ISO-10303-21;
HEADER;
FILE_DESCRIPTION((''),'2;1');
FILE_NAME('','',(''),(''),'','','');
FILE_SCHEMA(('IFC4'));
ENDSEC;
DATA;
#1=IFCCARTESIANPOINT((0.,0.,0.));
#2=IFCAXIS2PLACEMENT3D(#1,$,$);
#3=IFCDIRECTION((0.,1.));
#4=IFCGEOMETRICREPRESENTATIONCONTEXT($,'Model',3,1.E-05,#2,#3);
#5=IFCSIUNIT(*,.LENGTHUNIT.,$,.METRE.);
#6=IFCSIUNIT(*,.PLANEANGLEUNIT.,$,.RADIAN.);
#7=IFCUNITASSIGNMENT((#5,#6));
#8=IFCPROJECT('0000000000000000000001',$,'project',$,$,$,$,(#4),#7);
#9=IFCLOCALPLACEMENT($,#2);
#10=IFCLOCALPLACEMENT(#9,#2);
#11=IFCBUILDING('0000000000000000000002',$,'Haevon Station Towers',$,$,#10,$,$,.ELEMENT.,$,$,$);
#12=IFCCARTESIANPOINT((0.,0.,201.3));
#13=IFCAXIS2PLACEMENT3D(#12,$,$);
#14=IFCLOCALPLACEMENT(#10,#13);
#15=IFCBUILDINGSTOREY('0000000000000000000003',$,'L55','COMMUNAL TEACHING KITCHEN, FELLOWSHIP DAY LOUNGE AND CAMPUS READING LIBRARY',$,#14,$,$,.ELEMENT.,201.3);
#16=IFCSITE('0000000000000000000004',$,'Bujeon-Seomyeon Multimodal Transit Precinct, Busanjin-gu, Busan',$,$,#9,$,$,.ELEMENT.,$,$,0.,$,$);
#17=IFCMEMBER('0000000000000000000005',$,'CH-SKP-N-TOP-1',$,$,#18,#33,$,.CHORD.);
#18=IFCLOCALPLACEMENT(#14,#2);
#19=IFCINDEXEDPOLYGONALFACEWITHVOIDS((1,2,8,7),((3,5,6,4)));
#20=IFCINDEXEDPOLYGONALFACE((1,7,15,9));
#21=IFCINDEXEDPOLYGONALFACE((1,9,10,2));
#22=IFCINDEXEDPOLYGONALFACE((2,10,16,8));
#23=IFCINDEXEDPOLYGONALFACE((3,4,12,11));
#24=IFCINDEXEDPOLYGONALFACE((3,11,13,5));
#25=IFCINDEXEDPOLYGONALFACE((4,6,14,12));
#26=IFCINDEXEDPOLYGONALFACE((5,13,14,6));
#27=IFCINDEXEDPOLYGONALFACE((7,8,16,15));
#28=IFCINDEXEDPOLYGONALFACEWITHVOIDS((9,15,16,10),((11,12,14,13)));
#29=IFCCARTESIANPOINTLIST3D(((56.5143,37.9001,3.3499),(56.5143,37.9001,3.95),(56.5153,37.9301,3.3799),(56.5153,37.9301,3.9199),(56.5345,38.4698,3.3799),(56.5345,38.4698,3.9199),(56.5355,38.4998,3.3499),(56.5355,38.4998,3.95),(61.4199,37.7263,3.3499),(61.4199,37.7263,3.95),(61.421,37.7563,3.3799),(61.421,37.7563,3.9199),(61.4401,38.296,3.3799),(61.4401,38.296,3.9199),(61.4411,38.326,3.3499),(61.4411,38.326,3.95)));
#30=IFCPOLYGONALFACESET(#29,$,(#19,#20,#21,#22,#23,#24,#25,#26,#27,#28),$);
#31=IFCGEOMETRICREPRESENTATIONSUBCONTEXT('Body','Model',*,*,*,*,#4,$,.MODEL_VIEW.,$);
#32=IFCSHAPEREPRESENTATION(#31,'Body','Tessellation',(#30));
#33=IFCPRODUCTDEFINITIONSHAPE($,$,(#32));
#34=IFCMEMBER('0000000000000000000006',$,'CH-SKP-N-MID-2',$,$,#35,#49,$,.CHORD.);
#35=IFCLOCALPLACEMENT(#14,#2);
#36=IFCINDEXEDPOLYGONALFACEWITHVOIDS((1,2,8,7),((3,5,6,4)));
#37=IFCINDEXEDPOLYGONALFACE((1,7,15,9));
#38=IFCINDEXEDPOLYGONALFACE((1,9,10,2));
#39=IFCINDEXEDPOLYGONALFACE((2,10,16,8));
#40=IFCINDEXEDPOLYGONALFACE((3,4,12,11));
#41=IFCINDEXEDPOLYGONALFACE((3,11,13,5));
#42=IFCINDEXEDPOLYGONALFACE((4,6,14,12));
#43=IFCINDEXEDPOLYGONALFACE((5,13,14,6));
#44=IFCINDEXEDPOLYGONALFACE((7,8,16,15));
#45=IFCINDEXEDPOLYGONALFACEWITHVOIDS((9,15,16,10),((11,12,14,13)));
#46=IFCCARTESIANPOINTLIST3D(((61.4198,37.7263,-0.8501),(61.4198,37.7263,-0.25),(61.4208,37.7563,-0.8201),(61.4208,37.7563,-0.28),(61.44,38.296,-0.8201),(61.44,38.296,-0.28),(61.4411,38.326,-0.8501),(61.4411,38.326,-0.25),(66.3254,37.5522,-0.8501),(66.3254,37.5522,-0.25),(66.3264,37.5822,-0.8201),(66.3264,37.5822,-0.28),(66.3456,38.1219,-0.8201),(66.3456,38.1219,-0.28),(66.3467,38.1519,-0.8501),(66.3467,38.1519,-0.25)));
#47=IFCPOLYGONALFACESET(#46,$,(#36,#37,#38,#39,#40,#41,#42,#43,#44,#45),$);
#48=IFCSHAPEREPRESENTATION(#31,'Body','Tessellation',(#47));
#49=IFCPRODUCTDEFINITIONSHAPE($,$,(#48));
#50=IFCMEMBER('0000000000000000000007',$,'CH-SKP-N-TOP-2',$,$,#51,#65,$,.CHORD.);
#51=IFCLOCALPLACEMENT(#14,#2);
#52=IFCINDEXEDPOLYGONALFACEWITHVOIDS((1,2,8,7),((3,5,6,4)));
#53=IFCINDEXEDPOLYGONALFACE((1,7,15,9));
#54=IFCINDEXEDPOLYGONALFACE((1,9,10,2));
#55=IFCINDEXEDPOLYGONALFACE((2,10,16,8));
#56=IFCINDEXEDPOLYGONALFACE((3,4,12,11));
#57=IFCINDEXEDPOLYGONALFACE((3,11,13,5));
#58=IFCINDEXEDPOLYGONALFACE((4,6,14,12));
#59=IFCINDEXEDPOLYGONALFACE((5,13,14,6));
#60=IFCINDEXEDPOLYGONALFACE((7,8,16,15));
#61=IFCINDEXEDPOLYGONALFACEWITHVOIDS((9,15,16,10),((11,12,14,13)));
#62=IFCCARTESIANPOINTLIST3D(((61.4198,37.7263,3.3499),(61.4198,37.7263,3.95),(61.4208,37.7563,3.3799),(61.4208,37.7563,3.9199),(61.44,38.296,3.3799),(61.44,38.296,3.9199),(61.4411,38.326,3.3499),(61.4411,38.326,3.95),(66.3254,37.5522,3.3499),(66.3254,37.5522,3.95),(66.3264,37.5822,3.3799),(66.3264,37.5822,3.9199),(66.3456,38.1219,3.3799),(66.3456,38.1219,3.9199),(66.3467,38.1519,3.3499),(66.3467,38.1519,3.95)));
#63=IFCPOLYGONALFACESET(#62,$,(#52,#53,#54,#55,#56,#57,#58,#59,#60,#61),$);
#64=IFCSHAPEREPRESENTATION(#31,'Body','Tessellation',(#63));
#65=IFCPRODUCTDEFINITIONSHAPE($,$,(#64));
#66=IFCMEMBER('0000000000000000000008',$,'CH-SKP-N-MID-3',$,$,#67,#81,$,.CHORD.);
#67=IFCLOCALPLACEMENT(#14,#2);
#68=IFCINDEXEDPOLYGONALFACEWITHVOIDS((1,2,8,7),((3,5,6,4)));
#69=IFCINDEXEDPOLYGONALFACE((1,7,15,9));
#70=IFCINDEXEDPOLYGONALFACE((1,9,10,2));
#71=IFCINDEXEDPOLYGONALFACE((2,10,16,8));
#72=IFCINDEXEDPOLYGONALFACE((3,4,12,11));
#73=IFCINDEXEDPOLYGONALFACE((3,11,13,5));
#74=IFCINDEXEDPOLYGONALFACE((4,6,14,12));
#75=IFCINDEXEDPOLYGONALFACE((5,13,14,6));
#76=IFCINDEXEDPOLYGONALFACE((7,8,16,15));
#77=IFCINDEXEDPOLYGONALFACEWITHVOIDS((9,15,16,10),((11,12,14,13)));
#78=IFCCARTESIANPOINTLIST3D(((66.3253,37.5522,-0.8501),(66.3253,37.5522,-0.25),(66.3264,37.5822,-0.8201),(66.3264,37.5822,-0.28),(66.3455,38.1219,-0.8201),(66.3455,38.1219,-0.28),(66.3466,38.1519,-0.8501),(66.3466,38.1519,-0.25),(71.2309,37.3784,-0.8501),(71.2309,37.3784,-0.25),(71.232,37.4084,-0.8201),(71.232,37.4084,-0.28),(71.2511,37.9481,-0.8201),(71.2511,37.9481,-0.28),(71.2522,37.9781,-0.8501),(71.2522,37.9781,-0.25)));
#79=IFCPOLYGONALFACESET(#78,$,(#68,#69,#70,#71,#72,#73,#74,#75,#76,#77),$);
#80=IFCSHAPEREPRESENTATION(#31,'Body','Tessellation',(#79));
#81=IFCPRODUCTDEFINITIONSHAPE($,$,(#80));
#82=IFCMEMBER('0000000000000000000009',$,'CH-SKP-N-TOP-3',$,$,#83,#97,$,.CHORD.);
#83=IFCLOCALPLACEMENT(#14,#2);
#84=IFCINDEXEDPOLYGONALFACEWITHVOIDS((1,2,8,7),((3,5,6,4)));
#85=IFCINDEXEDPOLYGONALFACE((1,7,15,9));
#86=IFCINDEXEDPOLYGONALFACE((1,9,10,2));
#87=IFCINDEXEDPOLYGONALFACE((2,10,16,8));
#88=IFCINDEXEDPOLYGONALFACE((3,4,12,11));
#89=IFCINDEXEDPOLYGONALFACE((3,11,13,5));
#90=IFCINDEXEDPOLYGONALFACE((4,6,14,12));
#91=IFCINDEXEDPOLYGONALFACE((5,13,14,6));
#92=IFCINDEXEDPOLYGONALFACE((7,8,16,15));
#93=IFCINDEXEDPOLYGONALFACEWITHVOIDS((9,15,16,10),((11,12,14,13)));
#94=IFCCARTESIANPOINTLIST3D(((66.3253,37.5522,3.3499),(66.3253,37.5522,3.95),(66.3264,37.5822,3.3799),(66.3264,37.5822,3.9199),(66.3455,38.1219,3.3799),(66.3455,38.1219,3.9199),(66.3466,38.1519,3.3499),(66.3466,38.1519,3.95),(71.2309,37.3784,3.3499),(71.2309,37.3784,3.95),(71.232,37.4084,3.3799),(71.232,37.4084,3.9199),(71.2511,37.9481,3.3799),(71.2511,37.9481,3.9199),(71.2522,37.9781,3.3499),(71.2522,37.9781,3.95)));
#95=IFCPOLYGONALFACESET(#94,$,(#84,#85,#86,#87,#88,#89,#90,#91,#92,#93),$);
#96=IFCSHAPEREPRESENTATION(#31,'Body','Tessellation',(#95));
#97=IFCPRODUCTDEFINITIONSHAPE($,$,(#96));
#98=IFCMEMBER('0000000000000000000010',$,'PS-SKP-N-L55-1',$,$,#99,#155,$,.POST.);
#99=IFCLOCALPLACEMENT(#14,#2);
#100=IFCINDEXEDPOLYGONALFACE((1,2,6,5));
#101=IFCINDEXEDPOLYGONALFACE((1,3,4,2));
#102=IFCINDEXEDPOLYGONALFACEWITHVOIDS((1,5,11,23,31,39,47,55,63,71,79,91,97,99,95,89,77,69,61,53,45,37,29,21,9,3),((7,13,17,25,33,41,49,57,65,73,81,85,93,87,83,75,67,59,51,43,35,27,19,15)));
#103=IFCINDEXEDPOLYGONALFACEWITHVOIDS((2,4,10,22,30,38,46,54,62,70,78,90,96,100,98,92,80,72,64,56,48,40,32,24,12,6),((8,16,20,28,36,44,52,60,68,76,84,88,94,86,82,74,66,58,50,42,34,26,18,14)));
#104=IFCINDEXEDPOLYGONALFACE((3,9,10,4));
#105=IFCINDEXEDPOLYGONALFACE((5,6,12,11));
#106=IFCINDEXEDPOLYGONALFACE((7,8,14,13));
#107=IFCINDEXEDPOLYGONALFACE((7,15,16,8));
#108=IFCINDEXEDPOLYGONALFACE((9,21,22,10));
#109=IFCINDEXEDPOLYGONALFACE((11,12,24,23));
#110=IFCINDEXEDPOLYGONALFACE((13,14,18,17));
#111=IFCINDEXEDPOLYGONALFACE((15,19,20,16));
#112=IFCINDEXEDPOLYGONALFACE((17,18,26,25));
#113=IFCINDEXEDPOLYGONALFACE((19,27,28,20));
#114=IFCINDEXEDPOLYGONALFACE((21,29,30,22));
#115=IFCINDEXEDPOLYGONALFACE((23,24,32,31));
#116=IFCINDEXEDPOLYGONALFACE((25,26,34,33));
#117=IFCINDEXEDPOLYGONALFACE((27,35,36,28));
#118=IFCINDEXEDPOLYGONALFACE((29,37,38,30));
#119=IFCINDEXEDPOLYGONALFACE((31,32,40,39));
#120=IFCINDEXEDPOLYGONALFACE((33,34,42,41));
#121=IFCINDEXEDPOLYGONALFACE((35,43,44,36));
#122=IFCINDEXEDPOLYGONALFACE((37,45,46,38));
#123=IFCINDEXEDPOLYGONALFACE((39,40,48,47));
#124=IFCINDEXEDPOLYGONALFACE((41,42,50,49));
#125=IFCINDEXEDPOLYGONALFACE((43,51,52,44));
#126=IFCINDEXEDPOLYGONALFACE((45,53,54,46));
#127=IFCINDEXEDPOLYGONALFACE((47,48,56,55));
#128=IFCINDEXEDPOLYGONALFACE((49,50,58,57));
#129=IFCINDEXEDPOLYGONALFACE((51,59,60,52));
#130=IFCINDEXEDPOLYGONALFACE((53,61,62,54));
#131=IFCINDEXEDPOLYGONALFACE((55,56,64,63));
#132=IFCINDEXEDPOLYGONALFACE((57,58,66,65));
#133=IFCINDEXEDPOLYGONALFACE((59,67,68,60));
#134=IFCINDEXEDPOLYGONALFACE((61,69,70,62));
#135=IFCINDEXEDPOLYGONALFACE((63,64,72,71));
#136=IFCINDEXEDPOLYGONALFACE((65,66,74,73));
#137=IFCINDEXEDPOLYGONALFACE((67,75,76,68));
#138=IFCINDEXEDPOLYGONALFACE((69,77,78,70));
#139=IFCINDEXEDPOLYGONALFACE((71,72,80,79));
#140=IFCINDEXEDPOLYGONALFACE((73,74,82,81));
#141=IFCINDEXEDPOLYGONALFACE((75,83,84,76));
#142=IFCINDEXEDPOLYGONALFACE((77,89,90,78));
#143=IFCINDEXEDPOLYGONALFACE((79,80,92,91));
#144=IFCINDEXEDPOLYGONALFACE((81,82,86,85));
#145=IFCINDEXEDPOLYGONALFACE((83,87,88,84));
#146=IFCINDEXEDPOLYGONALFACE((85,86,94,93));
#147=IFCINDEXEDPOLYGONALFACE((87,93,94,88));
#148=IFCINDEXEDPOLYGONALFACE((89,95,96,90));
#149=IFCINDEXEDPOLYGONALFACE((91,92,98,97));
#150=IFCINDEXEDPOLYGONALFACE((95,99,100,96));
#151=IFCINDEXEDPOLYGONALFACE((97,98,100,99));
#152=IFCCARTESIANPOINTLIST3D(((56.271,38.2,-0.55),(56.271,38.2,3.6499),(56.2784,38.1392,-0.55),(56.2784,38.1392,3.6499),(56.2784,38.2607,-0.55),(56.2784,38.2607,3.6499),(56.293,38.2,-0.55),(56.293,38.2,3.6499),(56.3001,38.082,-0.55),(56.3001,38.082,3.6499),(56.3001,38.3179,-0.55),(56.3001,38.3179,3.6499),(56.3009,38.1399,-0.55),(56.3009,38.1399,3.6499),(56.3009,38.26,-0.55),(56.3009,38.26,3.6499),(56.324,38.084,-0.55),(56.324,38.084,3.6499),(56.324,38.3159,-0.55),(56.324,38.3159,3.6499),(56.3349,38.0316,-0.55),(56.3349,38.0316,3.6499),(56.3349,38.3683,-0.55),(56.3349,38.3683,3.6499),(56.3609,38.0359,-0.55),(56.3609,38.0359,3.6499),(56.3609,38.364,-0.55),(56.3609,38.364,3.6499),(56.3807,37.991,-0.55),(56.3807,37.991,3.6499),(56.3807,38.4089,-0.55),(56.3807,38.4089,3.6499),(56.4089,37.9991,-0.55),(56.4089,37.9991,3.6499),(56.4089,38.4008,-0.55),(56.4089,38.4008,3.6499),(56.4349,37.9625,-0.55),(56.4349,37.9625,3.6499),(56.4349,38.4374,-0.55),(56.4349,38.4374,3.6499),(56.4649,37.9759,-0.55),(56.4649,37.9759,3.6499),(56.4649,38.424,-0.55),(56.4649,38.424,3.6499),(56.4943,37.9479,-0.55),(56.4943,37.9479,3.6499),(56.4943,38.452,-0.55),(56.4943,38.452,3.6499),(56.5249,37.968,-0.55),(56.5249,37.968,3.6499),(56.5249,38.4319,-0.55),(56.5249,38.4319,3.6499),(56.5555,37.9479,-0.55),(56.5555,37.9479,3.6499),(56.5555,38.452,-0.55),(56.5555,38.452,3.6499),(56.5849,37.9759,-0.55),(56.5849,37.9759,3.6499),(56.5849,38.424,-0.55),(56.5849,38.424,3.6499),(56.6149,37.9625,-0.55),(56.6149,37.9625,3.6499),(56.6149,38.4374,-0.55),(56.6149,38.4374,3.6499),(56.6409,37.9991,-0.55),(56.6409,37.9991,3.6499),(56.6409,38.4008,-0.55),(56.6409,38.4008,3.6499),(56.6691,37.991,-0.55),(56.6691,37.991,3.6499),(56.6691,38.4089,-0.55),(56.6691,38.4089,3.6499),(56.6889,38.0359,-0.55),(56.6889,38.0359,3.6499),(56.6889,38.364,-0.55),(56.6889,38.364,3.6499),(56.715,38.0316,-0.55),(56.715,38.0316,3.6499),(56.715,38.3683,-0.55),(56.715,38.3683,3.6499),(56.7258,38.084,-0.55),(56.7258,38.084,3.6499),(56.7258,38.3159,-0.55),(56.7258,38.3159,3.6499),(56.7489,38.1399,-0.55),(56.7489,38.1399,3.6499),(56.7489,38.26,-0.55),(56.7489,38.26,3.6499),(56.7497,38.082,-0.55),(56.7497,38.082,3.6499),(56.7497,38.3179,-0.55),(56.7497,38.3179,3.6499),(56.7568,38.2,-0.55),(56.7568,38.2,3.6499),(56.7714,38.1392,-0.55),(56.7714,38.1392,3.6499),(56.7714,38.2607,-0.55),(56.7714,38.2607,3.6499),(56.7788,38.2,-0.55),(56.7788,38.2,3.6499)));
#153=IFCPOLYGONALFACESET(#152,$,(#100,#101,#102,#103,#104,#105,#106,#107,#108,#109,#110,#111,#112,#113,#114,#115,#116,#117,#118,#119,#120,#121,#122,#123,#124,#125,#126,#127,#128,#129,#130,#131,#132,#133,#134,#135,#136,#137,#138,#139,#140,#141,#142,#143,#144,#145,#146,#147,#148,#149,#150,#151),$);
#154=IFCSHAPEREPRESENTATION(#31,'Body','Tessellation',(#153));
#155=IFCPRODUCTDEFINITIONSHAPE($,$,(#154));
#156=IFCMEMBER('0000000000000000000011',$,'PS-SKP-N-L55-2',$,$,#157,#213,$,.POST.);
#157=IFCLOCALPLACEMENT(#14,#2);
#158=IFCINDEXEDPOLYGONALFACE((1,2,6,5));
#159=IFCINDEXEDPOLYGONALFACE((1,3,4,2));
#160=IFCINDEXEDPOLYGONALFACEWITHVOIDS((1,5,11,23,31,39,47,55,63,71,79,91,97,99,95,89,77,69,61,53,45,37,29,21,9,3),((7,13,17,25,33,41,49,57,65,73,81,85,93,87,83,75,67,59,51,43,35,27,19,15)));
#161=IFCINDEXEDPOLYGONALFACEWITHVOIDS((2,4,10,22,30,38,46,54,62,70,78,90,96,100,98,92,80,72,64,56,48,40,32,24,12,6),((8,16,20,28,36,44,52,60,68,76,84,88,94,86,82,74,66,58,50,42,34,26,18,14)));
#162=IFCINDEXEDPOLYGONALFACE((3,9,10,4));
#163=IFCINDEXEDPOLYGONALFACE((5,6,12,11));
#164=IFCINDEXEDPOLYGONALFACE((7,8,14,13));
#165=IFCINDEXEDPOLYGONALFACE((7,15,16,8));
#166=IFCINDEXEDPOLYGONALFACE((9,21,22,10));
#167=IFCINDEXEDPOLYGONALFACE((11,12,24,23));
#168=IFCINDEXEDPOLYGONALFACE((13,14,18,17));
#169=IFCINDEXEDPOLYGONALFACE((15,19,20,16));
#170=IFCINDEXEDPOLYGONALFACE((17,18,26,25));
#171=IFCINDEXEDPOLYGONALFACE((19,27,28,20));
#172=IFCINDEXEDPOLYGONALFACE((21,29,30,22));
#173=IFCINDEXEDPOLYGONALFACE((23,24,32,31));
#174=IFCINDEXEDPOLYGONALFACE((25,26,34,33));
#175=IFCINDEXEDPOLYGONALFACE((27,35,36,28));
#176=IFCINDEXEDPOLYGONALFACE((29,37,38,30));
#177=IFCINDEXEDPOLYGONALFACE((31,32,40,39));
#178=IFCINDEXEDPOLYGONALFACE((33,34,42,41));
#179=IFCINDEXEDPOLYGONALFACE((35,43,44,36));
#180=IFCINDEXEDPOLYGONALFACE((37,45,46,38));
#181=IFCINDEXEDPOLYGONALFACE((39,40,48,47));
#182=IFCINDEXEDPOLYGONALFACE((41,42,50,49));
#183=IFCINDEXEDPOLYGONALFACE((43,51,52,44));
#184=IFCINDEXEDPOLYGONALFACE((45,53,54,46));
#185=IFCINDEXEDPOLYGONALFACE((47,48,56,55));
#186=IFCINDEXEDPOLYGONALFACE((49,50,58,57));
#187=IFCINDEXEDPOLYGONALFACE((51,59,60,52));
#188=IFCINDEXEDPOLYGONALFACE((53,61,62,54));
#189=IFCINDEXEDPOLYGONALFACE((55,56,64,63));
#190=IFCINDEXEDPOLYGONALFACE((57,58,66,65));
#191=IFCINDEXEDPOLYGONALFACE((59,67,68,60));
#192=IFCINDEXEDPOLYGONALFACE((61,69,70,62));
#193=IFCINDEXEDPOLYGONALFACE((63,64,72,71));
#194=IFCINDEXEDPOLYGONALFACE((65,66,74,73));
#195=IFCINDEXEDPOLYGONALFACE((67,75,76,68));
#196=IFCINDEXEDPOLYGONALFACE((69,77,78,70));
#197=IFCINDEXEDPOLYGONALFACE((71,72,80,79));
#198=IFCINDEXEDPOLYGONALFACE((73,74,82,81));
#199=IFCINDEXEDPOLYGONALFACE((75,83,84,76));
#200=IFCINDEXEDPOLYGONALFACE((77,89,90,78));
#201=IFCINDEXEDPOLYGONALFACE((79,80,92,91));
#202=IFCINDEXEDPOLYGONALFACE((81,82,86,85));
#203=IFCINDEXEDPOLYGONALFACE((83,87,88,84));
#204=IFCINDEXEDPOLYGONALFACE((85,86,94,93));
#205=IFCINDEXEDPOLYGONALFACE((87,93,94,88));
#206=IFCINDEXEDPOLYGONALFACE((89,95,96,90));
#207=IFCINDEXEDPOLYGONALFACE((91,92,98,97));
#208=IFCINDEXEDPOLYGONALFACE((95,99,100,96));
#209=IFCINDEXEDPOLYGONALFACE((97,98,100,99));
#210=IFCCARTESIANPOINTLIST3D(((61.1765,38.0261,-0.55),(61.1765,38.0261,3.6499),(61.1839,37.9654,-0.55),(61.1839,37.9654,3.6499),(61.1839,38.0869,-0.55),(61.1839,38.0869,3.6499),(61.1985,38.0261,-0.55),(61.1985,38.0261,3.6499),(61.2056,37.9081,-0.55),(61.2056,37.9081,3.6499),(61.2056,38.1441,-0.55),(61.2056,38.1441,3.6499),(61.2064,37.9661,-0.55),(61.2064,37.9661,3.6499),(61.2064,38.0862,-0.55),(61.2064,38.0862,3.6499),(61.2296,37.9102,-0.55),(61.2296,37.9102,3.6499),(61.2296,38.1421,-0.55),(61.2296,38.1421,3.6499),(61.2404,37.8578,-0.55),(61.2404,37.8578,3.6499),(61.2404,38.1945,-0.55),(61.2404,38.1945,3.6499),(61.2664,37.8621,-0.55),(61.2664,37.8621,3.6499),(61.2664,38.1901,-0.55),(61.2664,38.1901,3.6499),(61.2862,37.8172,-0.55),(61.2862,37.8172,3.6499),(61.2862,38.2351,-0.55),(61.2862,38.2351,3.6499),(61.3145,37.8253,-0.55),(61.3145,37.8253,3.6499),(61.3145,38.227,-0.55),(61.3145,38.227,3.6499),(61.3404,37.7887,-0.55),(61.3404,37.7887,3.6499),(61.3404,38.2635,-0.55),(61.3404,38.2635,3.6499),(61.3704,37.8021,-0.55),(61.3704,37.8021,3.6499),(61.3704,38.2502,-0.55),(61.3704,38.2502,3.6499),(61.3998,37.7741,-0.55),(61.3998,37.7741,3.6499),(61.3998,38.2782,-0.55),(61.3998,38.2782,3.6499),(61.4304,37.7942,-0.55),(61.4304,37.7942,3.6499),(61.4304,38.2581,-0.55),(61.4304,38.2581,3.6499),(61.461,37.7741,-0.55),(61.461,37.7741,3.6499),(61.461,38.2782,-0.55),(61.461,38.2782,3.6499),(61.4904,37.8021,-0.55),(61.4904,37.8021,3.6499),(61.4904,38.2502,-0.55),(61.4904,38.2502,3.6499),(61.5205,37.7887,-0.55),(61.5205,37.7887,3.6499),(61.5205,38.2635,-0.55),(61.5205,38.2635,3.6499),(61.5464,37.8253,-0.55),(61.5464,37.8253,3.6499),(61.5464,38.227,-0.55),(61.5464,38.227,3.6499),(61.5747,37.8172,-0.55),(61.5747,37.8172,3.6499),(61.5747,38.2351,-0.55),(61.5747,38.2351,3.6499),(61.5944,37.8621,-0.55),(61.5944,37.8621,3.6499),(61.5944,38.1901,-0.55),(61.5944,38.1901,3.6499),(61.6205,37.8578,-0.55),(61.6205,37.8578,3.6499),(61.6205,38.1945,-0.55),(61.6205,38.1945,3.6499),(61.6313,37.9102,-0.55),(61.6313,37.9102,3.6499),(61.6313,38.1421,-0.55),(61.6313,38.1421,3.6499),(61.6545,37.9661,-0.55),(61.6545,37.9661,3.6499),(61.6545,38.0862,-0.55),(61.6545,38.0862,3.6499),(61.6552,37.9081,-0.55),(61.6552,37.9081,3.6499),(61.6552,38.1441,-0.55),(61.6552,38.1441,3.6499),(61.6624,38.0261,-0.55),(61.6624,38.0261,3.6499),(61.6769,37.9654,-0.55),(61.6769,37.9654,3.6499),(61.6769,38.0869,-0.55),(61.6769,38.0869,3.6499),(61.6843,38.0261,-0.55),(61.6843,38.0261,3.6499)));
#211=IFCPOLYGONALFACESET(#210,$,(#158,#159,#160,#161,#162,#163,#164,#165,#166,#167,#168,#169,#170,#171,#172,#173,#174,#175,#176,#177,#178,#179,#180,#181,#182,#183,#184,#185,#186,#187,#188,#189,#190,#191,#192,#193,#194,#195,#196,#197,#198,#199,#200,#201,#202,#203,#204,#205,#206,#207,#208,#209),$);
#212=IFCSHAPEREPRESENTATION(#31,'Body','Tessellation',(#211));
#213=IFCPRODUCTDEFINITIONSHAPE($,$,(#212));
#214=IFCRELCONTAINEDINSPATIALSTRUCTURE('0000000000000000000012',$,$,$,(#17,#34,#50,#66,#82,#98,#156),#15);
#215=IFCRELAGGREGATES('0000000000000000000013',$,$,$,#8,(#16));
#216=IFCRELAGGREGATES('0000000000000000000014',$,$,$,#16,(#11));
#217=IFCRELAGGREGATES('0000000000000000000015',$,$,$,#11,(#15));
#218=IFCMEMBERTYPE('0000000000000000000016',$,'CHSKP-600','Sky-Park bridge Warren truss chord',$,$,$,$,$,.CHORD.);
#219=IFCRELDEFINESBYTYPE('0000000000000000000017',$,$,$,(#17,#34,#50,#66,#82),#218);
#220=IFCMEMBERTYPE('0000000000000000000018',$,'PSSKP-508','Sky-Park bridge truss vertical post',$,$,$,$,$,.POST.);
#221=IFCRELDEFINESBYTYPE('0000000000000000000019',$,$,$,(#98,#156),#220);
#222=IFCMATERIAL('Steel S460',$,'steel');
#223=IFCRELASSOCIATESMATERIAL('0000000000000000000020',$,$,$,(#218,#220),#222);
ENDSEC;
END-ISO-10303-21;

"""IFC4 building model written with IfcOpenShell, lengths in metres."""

from ifc_helpers import new_model, si_unit, direction, frame, origin, origin_2d, place, context, subcontext, project, spatial, hollow_rectangle, hollow_circle, extrude, material, material_profile, profile_set, type_object, element, save


model = new_model("IFC4")

# Units and contexts
model_context = context("Model", 3, precision=1e-05, world=origin(), true_north=direction((0.0, 1.0)))
body_context = subcontext(model_context, "Body", "Model", "MODEL_VIEW")
ifc_project = project(units=[si_unit("LENGTHUNIT", "METRE"), si_unit("PLANEANGLEUNIT", "RADIAN")], contexts=[model_context])

# Site, building, storey
site_placement = place(None, origin())
site = spatial("IfcSite", under=ifc_project, at=site_placement, Name="Bujeon-Seomyeon Multimodal Transit Precinct, Busanjin-gu, Busan", CompositionType="ELEMENT", RefElevation=0.0)
building_placement = place(site_placement, origin())
building = spatial("IfcBuilding", under=site, at=building_placement, Name="Haevon Station Towers", CompositionType="ELEMENT")
storey_placement = place(building_placement, frame((0.0, 0.0, 201.3)))
storey = spatial("IfcBuildingStorey", under=building, at=storey_placement, Name="L55", Description="COMMUNAL TEACHING KITCHEN, FELLOWSHIP DAY LOUNGE AND CAMPUS READING LIBRARY", CompositionType="ELEMENT", Elevation=201.3)

# Shared definitions
ifc_material_1 = material(Name="Steel S460", Category="steel")

# Members
ifc_material_profile_1 = material_profile(ifc_material_1, hollow_rectangle(XDim=0.6001, YDim=0.6001, WallThickness=0.03, at=origin_2d()), Name="RHS-600x600x30")
ifc_profile_set_1 = profile_set([ifc_material_profile_1], Name="Steel S460")
member_type_1 = type_object("IfcMemberType", Name="CHSKP-600", Description="Sky-Park bridge Warren truss chord", PredefinedType="CHORD", material=ifc_profile_set_1)
for number, where, z_axis, x_axis, name in (
    (1, (56.5249, 38.2, 3.6499), (0.999373, -0.035413, 0.0), (0.035413, 0.999373, 0.0), "CH-SKP-N-TOP-1"),
    (2, (61.4304, 38.0261, -0.55), (0.999371, -0.035463, 0.0), (0.035463, 0.999371, 0.0), "CH-SKP-N-MID-2"),
    (3, (61.4304, 38.0261, 3.6499), (0.999371, -0.035463, 0.0), (0.035463, 0.999371, 0.0), "CH-SKP-N-TOP-2"),
    (4, (66.3359, 37.8521, -0.55), (0.999373, -0.035413, 0.0), (0.035413, 0.999373, 0.0), "CH-SKP-N-MID-3"),
    (5, (66.3359, 37.8521, 3.6499), (0.999373, -0.035413, 0.0), (0.035413, 0.999373, 0.0), "CH-SKP-N-TOP-3"),
):
    element("IfcMember", number, at=place(storey_placement, frame(where, z_axis=z_axis, x_axis=x_axis)), inside=storey, type_object=member_type_1, Name=name, PredefinedType="CHORD", context=body_context, shape_type="SweptSolid", body=[
        extrude(hollow_rectangle(XDim=0.6001, YDim=0.6001, WallThickness=0.03, at=origin_2d()), origin(), (0.0, 0.0, 1.0), 4.9087),
    ])
ifc_material_profile_2 = material_profile(ifc_material_1, hollow_circle(Radius=0.2539, WallThickness=0.022, at=origin_2d()), Name="CHS-508x22")
ifc_profile_set_2 = profile_set([ifc_material_profile_2], Name="Steel S460")
member_type_2 = type_object("IfcMemberType", Name="PSSKP-508", Description="Sky-Park bridge truss vertical post", PredefinedType="POST", material=ifc_profile_set_2)
for number, where, z_axis, x_axis, name in (
    (6, (56.5249, 38.2, -0.55), (0.0, 0.0, 1.0), (1.0, 0.0, 0.0), "PS-SKP-N-L55-1"),
    (7, (61.4304, 38.0261, -0.55), (0.0, 0.0, 1.0), (1.0, 0.0, 0.0), "PS-SKP-N-L55-2"),
):
    element("IfcMember", number, at=place(storey_placement, frame(where, z_axis=z_axis, x_axis=x_axis)), inside=storey, type_object=member_type_2, Name=name, PredefinedType="POST", context=body_context, shape_type="SweptSolid", body=[
        extrude(hollow_circle(Radius=0.2539, WallThickness=0.022, at=origin_2d()), origin(), (0.0, 0.0, 1.0), 4.2),
    ])

save(model, "model.ifc")
